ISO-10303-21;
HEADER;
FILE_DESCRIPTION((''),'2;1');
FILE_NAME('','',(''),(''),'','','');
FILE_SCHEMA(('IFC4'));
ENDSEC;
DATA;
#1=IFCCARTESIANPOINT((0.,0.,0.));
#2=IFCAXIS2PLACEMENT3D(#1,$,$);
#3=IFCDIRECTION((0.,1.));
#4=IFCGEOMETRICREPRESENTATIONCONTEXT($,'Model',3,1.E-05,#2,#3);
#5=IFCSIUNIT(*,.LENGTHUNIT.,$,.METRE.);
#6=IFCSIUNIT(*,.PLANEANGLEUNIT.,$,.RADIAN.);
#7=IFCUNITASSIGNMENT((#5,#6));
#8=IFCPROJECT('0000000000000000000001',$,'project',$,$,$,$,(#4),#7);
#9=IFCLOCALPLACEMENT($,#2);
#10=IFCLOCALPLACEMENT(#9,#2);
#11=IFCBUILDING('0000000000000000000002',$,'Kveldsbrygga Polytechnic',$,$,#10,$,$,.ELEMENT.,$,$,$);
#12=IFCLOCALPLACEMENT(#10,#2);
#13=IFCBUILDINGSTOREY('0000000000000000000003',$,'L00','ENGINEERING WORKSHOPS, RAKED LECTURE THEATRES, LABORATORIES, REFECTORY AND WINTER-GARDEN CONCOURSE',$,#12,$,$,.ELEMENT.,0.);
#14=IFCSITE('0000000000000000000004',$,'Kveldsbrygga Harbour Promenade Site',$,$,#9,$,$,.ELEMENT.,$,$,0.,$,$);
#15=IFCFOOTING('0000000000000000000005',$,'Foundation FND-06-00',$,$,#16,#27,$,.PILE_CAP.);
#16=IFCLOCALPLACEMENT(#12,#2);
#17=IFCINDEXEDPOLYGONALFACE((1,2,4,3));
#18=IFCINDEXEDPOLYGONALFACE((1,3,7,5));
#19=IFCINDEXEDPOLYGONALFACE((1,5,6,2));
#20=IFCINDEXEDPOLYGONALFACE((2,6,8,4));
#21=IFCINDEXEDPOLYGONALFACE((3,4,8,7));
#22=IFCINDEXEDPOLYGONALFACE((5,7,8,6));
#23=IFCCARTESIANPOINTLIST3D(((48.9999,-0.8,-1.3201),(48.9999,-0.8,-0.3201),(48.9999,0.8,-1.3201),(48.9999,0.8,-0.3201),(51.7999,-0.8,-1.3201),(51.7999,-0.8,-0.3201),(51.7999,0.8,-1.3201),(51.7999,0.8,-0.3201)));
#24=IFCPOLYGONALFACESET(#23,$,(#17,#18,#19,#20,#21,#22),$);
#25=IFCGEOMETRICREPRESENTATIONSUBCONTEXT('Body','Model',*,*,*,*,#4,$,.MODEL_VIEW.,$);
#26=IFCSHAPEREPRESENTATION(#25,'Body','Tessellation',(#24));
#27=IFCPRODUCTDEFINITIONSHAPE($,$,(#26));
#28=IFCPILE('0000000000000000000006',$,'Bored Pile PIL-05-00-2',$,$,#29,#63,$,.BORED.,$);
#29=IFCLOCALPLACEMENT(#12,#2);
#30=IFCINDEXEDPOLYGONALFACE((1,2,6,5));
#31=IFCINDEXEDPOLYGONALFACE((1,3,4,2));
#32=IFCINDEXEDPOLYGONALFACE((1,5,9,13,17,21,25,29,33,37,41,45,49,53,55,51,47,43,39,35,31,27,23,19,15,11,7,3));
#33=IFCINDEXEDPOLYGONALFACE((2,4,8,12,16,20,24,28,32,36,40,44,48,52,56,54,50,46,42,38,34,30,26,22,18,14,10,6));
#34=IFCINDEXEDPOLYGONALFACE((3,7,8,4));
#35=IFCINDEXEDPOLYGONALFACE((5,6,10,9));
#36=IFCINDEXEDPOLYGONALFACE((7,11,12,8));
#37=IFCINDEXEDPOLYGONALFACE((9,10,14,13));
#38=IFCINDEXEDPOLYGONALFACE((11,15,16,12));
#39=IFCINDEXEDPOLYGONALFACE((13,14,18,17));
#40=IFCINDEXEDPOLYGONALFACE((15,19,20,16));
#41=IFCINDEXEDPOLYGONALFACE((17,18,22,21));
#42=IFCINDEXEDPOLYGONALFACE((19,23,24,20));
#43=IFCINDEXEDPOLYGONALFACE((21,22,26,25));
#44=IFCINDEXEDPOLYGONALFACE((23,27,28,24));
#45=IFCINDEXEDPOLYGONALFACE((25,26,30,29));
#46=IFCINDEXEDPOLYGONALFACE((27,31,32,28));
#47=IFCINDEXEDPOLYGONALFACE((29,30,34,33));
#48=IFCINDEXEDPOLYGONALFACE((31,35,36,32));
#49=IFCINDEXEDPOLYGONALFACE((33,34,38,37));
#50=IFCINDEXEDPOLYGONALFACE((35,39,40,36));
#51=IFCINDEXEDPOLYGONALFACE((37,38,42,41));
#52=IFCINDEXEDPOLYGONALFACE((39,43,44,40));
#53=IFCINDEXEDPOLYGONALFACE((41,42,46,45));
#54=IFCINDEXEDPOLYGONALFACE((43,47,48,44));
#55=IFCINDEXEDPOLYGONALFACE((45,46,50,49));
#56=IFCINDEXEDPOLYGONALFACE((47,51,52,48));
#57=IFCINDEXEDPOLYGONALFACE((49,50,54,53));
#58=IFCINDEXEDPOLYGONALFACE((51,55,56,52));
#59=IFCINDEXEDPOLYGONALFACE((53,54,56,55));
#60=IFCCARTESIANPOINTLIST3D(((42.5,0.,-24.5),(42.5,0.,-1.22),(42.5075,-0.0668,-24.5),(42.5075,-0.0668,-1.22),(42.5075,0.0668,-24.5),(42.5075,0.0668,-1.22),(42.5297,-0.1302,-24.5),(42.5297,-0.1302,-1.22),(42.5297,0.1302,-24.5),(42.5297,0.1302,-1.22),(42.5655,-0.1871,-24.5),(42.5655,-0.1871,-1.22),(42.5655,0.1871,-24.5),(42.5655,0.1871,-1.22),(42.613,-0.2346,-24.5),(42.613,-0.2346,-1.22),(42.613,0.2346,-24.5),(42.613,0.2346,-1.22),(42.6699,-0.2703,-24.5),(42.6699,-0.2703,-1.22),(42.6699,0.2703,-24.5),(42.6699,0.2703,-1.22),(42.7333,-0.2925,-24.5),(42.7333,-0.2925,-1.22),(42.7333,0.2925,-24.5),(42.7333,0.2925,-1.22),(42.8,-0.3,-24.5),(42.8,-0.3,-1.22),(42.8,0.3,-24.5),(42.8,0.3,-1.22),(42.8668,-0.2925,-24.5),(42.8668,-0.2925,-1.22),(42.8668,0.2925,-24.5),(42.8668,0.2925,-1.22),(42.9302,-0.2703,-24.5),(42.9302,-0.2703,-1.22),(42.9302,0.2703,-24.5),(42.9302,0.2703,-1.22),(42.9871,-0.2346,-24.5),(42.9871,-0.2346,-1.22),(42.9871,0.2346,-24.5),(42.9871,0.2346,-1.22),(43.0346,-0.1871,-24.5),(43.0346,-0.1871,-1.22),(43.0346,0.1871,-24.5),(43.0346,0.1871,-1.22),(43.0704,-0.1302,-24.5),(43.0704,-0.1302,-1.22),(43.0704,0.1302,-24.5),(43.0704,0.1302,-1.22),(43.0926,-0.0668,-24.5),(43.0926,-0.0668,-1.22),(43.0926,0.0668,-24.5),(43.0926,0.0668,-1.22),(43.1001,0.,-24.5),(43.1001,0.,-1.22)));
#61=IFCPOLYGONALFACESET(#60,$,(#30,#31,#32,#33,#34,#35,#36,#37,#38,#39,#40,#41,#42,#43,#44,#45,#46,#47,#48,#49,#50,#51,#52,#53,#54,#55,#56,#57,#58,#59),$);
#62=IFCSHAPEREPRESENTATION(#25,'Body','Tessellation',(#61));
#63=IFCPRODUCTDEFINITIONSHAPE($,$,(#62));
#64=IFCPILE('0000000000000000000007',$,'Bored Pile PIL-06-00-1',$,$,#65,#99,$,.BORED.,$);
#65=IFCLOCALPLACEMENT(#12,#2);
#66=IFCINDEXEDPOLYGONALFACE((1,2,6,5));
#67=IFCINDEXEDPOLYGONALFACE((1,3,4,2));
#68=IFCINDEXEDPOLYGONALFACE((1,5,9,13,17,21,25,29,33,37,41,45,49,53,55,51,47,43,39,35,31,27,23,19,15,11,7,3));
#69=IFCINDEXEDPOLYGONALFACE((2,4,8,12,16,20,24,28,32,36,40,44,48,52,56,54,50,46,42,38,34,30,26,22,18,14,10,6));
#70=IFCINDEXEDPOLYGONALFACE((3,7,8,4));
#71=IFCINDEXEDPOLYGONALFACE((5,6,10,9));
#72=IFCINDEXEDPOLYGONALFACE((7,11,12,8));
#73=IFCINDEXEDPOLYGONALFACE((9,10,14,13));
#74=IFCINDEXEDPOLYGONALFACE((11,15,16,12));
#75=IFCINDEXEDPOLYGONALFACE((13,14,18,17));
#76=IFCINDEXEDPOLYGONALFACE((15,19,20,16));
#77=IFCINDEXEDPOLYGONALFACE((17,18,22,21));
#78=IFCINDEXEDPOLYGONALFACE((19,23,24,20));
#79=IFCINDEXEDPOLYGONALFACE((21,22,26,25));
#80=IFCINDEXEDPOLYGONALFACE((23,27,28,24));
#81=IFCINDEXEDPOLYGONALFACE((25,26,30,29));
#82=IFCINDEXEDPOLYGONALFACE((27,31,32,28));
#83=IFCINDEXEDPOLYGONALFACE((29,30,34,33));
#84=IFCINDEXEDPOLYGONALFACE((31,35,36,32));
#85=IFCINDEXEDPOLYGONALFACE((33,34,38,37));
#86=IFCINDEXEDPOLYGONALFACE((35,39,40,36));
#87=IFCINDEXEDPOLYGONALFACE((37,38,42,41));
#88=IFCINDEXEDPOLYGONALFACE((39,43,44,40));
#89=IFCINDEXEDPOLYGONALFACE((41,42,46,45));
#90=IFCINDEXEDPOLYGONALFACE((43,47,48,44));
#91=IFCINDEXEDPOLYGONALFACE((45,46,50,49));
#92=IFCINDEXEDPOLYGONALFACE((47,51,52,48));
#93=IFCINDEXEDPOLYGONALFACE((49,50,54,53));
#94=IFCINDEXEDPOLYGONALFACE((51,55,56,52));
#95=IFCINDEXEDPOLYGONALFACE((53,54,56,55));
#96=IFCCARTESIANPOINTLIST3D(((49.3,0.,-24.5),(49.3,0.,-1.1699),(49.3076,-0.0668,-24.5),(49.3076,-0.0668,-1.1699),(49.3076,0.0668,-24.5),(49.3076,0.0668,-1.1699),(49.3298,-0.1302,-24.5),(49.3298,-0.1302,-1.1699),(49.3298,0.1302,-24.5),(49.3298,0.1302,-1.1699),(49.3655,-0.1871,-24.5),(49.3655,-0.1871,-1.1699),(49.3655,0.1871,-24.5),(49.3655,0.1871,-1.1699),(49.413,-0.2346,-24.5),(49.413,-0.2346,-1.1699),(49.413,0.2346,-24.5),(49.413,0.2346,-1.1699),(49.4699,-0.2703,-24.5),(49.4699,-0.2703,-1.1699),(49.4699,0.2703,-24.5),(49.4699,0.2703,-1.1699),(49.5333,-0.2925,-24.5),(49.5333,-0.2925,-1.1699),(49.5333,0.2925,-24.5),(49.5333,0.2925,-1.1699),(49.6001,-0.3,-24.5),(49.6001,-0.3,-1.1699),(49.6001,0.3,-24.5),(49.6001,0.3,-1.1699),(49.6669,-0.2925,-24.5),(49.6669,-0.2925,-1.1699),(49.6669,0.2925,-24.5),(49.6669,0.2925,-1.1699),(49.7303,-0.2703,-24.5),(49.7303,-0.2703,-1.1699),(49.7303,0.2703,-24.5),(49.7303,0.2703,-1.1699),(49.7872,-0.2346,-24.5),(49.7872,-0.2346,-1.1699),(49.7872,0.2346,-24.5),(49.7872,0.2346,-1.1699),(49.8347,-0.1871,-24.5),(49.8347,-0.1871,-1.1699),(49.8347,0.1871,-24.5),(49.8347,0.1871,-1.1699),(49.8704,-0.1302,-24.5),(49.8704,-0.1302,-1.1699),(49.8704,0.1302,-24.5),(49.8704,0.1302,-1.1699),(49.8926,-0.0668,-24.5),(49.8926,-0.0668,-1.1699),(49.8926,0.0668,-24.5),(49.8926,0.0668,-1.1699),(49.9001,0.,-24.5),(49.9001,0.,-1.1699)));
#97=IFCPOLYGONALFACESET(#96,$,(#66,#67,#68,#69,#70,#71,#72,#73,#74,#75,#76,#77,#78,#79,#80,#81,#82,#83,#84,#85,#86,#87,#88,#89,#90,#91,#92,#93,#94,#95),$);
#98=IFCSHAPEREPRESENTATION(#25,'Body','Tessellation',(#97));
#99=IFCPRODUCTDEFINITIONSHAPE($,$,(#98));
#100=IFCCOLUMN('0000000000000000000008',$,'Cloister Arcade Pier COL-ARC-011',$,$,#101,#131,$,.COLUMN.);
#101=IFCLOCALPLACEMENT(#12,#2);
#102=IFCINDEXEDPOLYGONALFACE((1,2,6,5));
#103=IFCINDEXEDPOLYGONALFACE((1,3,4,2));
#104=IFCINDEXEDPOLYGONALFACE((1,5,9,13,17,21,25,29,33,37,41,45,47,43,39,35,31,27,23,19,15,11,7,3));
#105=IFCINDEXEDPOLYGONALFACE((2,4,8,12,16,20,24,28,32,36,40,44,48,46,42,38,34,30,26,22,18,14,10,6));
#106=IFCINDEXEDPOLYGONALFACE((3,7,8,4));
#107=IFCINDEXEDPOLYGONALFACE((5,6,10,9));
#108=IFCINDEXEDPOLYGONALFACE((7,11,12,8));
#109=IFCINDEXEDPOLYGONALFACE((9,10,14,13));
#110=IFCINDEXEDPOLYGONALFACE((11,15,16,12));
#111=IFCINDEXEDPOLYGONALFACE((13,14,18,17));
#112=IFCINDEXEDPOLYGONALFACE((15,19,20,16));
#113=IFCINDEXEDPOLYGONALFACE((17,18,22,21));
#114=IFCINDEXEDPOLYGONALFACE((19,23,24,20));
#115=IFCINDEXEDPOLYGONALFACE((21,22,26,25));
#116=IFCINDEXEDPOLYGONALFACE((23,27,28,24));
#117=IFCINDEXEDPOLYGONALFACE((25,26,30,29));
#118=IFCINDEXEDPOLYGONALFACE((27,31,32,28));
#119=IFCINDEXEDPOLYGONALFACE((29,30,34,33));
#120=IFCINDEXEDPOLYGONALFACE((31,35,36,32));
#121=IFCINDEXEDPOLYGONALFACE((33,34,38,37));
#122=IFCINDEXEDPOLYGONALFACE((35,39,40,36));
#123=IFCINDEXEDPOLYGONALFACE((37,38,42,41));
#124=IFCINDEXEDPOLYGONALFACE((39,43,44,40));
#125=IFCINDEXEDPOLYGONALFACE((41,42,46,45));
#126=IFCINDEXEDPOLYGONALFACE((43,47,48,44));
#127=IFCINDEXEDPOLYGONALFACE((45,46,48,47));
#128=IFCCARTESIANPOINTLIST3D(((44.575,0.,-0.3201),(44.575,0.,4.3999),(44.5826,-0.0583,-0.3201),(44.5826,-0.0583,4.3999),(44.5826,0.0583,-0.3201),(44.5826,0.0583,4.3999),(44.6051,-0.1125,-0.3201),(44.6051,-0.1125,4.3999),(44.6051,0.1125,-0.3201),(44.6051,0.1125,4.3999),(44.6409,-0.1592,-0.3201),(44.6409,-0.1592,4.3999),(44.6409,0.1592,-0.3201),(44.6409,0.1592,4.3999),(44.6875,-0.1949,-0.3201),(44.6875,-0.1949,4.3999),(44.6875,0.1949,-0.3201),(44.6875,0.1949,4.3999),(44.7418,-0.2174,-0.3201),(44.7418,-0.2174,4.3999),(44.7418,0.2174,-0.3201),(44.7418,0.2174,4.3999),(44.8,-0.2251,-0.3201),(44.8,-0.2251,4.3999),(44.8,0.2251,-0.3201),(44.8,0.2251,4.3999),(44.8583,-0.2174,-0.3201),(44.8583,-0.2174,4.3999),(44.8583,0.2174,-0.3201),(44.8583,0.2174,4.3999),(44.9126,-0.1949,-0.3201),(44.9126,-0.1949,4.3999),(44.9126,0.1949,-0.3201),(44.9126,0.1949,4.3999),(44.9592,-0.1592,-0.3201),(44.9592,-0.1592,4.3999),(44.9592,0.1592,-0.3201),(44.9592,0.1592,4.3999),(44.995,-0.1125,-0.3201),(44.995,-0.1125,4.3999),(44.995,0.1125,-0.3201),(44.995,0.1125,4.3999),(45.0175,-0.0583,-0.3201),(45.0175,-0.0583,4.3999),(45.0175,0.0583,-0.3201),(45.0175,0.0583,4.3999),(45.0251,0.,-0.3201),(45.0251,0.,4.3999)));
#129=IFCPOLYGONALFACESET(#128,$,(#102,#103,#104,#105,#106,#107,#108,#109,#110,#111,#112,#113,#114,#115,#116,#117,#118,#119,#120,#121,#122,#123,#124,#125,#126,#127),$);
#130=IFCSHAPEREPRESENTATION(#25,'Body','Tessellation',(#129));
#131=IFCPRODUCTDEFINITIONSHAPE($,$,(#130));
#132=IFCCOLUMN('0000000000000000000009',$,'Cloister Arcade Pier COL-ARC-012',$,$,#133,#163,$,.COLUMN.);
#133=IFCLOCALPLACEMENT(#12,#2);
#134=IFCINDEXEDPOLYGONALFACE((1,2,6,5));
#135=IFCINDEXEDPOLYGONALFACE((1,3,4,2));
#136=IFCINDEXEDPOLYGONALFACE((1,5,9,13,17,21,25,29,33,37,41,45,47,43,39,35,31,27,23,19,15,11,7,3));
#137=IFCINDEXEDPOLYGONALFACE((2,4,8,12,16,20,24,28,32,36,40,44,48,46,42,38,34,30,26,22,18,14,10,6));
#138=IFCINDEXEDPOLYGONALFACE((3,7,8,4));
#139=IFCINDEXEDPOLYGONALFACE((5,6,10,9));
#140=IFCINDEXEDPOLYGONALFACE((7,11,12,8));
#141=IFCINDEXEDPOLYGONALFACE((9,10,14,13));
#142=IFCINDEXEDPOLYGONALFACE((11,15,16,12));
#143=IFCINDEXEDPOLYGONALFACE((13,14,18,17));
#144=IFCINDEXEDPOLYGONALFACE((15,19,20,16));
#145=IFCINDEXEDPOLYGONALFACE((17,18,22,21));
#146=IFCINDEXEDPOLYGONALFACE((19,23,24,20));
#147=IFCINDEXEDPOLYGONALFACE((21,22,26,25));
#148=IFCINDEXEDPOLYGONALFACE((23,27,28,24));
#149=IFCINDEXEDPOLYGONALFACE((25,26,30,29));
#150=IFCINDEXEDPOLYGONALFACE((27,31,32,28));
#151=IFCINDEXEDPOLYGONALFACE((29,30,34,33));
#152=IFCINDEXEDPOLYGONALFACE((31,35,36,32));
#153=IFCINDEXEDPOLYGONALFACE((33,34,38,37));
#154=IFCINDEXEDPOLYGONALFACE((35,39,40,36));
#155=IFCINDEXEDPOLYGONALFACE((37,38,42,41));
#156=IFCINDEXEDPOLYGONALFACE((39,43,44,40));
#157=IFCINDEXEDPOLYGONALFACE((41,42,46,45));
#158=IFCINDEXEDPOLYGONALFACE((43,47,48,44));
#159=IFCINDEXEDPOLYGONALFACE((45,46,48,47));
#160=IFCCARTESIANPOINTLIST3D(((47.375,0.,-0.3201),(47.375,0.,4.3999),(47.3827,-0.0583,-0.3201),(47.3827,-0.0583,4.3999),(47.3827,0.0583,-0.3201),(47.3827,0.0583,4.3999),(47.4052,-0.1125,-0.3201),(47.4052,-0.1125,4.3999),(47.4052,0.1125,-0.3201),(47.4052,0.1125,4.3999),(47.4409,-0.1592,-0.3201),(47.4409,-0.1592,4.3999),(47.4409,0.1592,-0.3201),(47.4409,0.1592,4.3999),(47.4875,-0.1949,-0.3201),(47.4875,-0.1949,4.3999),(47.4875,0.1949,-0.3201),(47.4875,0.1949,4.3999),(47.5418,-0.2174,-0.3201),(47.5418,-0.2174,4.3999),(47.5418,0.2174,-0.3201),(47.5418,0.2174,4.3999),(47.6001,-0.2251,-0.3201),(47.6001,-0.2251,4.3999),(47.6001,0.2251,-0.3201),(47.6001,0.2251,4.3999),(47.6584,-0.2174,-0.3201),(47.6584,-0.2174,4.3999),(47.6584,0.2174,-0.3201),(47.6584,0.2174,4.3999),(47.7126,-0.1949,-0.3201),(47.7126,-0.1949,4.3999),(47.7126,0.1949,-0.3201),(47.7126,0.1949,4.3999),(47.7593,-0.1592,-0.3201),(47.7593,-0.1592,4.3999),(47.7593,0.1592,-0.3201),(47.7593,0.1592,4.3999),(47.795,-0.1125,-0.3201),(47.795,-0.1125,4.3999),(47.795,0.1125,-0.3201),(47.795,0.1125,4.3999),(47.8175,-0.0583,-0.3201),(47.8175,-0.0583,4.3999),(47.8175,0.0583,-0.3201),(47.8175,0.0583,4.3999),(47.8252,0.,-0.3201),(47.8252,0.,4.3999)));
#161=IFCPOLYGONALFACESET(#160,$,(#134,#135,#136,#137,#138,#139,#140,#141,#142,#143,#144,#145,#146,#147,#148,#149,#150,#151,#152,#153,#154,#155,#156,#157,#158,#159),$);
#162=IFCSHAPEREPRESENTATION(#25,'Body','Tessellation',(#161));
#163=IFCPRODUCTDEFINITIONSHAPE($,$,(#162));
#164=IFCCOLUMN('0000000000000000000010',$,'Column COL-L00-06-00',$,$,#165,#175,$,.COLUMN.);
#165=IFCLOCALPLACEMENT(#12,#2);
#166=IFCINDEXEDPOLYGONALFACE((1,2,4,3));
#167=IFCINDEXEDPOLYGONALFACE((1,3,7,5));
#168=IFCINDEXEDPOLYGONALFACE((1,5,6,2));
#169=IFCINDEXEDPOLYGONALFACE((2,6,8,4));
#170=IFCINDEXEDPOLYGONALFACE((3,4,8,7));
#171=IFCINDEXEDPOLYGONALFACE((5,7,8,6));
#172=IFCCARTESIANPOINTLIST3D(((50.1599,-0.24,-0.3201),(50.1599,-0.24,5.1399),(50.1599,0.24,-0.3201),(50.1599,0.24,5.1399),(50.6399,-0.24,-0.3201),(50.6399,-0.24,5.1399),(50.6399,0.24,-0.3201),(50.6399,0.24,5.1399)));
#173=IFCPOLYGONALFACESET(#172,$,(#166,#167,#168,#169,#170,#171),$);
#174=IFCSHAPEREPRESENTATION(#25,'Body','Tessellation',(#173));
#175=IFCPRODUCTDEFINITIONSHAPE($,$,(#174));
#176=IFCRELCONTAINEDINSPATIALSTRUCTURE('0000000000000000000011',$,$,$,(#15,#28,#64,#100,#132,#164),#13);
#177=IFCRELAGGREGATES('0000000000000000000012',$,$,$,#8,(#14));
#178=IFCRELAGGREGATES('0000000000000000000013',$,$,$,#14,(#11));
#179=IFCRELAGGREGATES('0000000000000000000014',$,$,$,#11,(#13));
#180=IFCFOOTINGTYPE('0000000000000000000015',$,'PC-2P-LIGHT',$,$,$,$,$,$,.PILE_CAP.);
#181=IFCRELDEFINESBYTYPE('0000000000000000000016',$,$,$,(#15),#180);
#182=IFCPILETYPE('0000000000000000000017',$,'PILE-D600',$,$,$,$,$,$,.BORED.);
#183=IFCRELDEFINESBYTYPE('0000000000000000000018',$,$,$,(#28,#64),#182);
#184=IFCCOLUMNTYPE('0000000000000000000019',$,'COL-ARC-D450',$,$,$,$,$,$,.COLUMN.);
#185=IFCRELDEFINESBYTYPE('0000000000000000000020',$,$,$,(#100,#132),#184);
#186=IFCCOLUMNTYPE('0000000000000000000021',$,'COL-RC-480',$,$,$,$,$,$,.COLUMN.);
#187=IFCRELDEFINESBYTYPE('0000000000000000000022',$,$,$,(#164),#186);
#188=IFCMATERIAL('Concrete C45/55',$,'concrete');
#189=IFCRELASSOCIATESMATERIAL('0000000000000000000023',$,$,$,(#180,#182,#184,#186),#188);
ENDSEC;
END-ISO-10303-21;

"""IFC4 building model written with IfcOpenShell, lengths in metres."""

from ifc_helpers import new_model, si_unit, direction, frame, origin, origin_2d, place, context, subcontext, project, spatial, rectangle, circle, extrude, material, material_profile, profile_set, type_object, element, save


model = new_model("IFC4")

# Units and contexts
model_context = context("Model", 3, precision=1e-05, world=origin(), true_north=direction((0.0, 1.0)))
body_context = subcontext(model_context, "Body", "Model", "MODEL_VIEW")
ifc_project = project(units=[si_unit("LENGTHUNIT", "METRE"), si_unit("PLANEANGLEUNIT", "RADIAN")], contexts=[model_context])

# Site, building, storey
site_placement = place(None, origin())
site = spatial("IfcSite", under=ifc_project, at=site_placement, Name="Kveldsbrygga Harbour Promenade Site", CompositionType="ELEMENT", RefElevation=0.0)
building_placement = place(site_placement, origin())
building = spatial("IfcBuilding", under=site, at=building_placement, Name="Kveldsbrygga Polytechnic", CompositionType="ELEMENT")
storey_placement = place(building_placement, origin())
storey = spatial("IfcBuildingStorey", under=building, at=storey_placement, Name="L00", Description="ENGINEERING WORKSHOPS, RAKED LECTURE THEATRES, LABORATORIES, REFECTORY AND WINTER-GARDEN CONCOURSE", CompositionType="ELEMENT", Elevation=0.0)

# Footing
ifc_material_1 = material(Name="Concrete C45/55", Category="concrete")
footing_type = type_object("IfcFootingType", Name="PC-2P-LIGHT", PredefinedType="PILE_CAP", material=ifc_material_1)
footing_placement = place(storey_placement, frame((50.3999, 0.0, -1.3201), z_axis=(0.0, 0.0, 1.0), x_axis=(1.0, 0.0, 0.0)))
element("IfcFooting", 1, at=footing_placement, inside=storey, type_object=footing_type, Name="Foundation FND-06-00", PredefinedType="PILE_CAP", context=body_context, shape_type="SweptSolid", body=[
    extrude(rectangle(XDim=2.8, YDim=1.6001, at=origin_2d()), origin(), (0.0, 0.0, 1.0), 1.0),
])

# Piles
ifc_material_profile_1 = material_profile(ifc_material_1, circle(Radius=0.3, at=origin_2d()), Name="PILE D600")
ifc_profile_set_1 = profile_set([ifc_material_profile_1], Name="Concrete C45/55")
pile_type = type_object("IfcPileType", Name="PILE-D600", PredefinedType="BORED", material=ifc_profile_set_1)
pile_1_placement = place(storey_placement, frame((42.8, 0.0, -1.22), z_axis=(0.0, 0.0, -1.0), x_axis=(1.0, 0.0, 0.0)))
element("IfcPile", 2, at=pile_1_placement, inside=storey, type_object=pile_type, Name="Bored Pile PIL-05-00-2", PredefinedType="BORED", context=body_context, shape_type="SweptSolid", body=[
    extrude(circle(Radius=0.3, at=origin_2d()), origin(), (0.0, 0.0, 1.0), 23.28),
])
pile_2_placement = place(storey_placement, frame((49.6001, 0.0, -1.1699), z_axis=(0.0, 0.0, -1.0), x_axis=(1.0, 0.0, 0.0)))
element("IfcPile", 3, at=pile_2_placement, inside=storey, type_object=pile_type, Name="Bored Pile PIL-06-00-1", PredefinedType="BORED", context=body_context, shape_type="SweptSolid", body=[
    extrude(circle(Radius=0.3, at=origin_2d()), origin(), (0.0, 0.0, 1.0), 23.3301),
])

# Columns
ifc_material_profile_2 = material_profile(ifc_material_1, circle(Radius=0.2251, at=origin_2d()), Name="RC D450")
ifc_profile_set_2 = profile_set([ifc_material_profile_2], Name="Concrete C45/55")
column_type_1 = type_object("IfcColumnType", Name="COL-ARC-D450", PredefinedType="COLUMN", material=ifc_profile_set_2)
for number, where, z_axis, x_axis, name in (
    (4, (44.8, 0.0, -0.3201), (0.0, 0.0, 1.0), (1.0, 0.0, 0.0), "Cloister Arcade Pier COL-ARC-011"),
    (5, (47.6001, 0.0, -0.3201), (0.0, 0.0, 1.0), (1.0, 0.0, 0.0), "Cloister Arcade Pier COL-ARC-012"),
):
    element("IfcColumn", number, at=place(storey_placement, frame(where, z_axis=z_axis, x_axis=x_axis)), inside=storey, type_object=column_type_1, Name=name, PredefinedType="COLUMN", context=body_context, shape_type="SweptSolid", body=[
        extrude(circle(Radius=0.2251, at=origin_2d()), origin(), (0.0, 0.0, 1.0), 4.72),
    ])
ifc_material_profile_3 = material_profile(ifc_material_1, rectangle(XDim=0.48, YDim=0.48, at=origin_2d()), Name="RC 480x480")
ifc_profile_set_3 = profile_set([ifc_material_profile_3], Name="Concrete C45/55")
column_type_2 = type_object("IfcColumnType", Name="COL-RC-480", PredefinedType="COLUMN", material=ifc_profile_set_3)
column_placement = place(storey_placement, frame((50.3999, 0.0, -0.3201), z_axis=(0.0, 0.0, 1.0), x_axis=(1.0, 0.0, 0.0)))
element("IfcColumn", 6, at=column_placement, inside=storey, type_object=column_type_2, Name="Column COL-L00-06-00", PredefinedType="COLUMN", context=body_context, shape_type="SweptSolid", body=[
    extrude(rectangle(XDim=0.48, YDim=0.48, at=origin_2d()), origin(), (0.0, 0.0, 1.0), 5.46),
])

save(model, "model.ifc")
